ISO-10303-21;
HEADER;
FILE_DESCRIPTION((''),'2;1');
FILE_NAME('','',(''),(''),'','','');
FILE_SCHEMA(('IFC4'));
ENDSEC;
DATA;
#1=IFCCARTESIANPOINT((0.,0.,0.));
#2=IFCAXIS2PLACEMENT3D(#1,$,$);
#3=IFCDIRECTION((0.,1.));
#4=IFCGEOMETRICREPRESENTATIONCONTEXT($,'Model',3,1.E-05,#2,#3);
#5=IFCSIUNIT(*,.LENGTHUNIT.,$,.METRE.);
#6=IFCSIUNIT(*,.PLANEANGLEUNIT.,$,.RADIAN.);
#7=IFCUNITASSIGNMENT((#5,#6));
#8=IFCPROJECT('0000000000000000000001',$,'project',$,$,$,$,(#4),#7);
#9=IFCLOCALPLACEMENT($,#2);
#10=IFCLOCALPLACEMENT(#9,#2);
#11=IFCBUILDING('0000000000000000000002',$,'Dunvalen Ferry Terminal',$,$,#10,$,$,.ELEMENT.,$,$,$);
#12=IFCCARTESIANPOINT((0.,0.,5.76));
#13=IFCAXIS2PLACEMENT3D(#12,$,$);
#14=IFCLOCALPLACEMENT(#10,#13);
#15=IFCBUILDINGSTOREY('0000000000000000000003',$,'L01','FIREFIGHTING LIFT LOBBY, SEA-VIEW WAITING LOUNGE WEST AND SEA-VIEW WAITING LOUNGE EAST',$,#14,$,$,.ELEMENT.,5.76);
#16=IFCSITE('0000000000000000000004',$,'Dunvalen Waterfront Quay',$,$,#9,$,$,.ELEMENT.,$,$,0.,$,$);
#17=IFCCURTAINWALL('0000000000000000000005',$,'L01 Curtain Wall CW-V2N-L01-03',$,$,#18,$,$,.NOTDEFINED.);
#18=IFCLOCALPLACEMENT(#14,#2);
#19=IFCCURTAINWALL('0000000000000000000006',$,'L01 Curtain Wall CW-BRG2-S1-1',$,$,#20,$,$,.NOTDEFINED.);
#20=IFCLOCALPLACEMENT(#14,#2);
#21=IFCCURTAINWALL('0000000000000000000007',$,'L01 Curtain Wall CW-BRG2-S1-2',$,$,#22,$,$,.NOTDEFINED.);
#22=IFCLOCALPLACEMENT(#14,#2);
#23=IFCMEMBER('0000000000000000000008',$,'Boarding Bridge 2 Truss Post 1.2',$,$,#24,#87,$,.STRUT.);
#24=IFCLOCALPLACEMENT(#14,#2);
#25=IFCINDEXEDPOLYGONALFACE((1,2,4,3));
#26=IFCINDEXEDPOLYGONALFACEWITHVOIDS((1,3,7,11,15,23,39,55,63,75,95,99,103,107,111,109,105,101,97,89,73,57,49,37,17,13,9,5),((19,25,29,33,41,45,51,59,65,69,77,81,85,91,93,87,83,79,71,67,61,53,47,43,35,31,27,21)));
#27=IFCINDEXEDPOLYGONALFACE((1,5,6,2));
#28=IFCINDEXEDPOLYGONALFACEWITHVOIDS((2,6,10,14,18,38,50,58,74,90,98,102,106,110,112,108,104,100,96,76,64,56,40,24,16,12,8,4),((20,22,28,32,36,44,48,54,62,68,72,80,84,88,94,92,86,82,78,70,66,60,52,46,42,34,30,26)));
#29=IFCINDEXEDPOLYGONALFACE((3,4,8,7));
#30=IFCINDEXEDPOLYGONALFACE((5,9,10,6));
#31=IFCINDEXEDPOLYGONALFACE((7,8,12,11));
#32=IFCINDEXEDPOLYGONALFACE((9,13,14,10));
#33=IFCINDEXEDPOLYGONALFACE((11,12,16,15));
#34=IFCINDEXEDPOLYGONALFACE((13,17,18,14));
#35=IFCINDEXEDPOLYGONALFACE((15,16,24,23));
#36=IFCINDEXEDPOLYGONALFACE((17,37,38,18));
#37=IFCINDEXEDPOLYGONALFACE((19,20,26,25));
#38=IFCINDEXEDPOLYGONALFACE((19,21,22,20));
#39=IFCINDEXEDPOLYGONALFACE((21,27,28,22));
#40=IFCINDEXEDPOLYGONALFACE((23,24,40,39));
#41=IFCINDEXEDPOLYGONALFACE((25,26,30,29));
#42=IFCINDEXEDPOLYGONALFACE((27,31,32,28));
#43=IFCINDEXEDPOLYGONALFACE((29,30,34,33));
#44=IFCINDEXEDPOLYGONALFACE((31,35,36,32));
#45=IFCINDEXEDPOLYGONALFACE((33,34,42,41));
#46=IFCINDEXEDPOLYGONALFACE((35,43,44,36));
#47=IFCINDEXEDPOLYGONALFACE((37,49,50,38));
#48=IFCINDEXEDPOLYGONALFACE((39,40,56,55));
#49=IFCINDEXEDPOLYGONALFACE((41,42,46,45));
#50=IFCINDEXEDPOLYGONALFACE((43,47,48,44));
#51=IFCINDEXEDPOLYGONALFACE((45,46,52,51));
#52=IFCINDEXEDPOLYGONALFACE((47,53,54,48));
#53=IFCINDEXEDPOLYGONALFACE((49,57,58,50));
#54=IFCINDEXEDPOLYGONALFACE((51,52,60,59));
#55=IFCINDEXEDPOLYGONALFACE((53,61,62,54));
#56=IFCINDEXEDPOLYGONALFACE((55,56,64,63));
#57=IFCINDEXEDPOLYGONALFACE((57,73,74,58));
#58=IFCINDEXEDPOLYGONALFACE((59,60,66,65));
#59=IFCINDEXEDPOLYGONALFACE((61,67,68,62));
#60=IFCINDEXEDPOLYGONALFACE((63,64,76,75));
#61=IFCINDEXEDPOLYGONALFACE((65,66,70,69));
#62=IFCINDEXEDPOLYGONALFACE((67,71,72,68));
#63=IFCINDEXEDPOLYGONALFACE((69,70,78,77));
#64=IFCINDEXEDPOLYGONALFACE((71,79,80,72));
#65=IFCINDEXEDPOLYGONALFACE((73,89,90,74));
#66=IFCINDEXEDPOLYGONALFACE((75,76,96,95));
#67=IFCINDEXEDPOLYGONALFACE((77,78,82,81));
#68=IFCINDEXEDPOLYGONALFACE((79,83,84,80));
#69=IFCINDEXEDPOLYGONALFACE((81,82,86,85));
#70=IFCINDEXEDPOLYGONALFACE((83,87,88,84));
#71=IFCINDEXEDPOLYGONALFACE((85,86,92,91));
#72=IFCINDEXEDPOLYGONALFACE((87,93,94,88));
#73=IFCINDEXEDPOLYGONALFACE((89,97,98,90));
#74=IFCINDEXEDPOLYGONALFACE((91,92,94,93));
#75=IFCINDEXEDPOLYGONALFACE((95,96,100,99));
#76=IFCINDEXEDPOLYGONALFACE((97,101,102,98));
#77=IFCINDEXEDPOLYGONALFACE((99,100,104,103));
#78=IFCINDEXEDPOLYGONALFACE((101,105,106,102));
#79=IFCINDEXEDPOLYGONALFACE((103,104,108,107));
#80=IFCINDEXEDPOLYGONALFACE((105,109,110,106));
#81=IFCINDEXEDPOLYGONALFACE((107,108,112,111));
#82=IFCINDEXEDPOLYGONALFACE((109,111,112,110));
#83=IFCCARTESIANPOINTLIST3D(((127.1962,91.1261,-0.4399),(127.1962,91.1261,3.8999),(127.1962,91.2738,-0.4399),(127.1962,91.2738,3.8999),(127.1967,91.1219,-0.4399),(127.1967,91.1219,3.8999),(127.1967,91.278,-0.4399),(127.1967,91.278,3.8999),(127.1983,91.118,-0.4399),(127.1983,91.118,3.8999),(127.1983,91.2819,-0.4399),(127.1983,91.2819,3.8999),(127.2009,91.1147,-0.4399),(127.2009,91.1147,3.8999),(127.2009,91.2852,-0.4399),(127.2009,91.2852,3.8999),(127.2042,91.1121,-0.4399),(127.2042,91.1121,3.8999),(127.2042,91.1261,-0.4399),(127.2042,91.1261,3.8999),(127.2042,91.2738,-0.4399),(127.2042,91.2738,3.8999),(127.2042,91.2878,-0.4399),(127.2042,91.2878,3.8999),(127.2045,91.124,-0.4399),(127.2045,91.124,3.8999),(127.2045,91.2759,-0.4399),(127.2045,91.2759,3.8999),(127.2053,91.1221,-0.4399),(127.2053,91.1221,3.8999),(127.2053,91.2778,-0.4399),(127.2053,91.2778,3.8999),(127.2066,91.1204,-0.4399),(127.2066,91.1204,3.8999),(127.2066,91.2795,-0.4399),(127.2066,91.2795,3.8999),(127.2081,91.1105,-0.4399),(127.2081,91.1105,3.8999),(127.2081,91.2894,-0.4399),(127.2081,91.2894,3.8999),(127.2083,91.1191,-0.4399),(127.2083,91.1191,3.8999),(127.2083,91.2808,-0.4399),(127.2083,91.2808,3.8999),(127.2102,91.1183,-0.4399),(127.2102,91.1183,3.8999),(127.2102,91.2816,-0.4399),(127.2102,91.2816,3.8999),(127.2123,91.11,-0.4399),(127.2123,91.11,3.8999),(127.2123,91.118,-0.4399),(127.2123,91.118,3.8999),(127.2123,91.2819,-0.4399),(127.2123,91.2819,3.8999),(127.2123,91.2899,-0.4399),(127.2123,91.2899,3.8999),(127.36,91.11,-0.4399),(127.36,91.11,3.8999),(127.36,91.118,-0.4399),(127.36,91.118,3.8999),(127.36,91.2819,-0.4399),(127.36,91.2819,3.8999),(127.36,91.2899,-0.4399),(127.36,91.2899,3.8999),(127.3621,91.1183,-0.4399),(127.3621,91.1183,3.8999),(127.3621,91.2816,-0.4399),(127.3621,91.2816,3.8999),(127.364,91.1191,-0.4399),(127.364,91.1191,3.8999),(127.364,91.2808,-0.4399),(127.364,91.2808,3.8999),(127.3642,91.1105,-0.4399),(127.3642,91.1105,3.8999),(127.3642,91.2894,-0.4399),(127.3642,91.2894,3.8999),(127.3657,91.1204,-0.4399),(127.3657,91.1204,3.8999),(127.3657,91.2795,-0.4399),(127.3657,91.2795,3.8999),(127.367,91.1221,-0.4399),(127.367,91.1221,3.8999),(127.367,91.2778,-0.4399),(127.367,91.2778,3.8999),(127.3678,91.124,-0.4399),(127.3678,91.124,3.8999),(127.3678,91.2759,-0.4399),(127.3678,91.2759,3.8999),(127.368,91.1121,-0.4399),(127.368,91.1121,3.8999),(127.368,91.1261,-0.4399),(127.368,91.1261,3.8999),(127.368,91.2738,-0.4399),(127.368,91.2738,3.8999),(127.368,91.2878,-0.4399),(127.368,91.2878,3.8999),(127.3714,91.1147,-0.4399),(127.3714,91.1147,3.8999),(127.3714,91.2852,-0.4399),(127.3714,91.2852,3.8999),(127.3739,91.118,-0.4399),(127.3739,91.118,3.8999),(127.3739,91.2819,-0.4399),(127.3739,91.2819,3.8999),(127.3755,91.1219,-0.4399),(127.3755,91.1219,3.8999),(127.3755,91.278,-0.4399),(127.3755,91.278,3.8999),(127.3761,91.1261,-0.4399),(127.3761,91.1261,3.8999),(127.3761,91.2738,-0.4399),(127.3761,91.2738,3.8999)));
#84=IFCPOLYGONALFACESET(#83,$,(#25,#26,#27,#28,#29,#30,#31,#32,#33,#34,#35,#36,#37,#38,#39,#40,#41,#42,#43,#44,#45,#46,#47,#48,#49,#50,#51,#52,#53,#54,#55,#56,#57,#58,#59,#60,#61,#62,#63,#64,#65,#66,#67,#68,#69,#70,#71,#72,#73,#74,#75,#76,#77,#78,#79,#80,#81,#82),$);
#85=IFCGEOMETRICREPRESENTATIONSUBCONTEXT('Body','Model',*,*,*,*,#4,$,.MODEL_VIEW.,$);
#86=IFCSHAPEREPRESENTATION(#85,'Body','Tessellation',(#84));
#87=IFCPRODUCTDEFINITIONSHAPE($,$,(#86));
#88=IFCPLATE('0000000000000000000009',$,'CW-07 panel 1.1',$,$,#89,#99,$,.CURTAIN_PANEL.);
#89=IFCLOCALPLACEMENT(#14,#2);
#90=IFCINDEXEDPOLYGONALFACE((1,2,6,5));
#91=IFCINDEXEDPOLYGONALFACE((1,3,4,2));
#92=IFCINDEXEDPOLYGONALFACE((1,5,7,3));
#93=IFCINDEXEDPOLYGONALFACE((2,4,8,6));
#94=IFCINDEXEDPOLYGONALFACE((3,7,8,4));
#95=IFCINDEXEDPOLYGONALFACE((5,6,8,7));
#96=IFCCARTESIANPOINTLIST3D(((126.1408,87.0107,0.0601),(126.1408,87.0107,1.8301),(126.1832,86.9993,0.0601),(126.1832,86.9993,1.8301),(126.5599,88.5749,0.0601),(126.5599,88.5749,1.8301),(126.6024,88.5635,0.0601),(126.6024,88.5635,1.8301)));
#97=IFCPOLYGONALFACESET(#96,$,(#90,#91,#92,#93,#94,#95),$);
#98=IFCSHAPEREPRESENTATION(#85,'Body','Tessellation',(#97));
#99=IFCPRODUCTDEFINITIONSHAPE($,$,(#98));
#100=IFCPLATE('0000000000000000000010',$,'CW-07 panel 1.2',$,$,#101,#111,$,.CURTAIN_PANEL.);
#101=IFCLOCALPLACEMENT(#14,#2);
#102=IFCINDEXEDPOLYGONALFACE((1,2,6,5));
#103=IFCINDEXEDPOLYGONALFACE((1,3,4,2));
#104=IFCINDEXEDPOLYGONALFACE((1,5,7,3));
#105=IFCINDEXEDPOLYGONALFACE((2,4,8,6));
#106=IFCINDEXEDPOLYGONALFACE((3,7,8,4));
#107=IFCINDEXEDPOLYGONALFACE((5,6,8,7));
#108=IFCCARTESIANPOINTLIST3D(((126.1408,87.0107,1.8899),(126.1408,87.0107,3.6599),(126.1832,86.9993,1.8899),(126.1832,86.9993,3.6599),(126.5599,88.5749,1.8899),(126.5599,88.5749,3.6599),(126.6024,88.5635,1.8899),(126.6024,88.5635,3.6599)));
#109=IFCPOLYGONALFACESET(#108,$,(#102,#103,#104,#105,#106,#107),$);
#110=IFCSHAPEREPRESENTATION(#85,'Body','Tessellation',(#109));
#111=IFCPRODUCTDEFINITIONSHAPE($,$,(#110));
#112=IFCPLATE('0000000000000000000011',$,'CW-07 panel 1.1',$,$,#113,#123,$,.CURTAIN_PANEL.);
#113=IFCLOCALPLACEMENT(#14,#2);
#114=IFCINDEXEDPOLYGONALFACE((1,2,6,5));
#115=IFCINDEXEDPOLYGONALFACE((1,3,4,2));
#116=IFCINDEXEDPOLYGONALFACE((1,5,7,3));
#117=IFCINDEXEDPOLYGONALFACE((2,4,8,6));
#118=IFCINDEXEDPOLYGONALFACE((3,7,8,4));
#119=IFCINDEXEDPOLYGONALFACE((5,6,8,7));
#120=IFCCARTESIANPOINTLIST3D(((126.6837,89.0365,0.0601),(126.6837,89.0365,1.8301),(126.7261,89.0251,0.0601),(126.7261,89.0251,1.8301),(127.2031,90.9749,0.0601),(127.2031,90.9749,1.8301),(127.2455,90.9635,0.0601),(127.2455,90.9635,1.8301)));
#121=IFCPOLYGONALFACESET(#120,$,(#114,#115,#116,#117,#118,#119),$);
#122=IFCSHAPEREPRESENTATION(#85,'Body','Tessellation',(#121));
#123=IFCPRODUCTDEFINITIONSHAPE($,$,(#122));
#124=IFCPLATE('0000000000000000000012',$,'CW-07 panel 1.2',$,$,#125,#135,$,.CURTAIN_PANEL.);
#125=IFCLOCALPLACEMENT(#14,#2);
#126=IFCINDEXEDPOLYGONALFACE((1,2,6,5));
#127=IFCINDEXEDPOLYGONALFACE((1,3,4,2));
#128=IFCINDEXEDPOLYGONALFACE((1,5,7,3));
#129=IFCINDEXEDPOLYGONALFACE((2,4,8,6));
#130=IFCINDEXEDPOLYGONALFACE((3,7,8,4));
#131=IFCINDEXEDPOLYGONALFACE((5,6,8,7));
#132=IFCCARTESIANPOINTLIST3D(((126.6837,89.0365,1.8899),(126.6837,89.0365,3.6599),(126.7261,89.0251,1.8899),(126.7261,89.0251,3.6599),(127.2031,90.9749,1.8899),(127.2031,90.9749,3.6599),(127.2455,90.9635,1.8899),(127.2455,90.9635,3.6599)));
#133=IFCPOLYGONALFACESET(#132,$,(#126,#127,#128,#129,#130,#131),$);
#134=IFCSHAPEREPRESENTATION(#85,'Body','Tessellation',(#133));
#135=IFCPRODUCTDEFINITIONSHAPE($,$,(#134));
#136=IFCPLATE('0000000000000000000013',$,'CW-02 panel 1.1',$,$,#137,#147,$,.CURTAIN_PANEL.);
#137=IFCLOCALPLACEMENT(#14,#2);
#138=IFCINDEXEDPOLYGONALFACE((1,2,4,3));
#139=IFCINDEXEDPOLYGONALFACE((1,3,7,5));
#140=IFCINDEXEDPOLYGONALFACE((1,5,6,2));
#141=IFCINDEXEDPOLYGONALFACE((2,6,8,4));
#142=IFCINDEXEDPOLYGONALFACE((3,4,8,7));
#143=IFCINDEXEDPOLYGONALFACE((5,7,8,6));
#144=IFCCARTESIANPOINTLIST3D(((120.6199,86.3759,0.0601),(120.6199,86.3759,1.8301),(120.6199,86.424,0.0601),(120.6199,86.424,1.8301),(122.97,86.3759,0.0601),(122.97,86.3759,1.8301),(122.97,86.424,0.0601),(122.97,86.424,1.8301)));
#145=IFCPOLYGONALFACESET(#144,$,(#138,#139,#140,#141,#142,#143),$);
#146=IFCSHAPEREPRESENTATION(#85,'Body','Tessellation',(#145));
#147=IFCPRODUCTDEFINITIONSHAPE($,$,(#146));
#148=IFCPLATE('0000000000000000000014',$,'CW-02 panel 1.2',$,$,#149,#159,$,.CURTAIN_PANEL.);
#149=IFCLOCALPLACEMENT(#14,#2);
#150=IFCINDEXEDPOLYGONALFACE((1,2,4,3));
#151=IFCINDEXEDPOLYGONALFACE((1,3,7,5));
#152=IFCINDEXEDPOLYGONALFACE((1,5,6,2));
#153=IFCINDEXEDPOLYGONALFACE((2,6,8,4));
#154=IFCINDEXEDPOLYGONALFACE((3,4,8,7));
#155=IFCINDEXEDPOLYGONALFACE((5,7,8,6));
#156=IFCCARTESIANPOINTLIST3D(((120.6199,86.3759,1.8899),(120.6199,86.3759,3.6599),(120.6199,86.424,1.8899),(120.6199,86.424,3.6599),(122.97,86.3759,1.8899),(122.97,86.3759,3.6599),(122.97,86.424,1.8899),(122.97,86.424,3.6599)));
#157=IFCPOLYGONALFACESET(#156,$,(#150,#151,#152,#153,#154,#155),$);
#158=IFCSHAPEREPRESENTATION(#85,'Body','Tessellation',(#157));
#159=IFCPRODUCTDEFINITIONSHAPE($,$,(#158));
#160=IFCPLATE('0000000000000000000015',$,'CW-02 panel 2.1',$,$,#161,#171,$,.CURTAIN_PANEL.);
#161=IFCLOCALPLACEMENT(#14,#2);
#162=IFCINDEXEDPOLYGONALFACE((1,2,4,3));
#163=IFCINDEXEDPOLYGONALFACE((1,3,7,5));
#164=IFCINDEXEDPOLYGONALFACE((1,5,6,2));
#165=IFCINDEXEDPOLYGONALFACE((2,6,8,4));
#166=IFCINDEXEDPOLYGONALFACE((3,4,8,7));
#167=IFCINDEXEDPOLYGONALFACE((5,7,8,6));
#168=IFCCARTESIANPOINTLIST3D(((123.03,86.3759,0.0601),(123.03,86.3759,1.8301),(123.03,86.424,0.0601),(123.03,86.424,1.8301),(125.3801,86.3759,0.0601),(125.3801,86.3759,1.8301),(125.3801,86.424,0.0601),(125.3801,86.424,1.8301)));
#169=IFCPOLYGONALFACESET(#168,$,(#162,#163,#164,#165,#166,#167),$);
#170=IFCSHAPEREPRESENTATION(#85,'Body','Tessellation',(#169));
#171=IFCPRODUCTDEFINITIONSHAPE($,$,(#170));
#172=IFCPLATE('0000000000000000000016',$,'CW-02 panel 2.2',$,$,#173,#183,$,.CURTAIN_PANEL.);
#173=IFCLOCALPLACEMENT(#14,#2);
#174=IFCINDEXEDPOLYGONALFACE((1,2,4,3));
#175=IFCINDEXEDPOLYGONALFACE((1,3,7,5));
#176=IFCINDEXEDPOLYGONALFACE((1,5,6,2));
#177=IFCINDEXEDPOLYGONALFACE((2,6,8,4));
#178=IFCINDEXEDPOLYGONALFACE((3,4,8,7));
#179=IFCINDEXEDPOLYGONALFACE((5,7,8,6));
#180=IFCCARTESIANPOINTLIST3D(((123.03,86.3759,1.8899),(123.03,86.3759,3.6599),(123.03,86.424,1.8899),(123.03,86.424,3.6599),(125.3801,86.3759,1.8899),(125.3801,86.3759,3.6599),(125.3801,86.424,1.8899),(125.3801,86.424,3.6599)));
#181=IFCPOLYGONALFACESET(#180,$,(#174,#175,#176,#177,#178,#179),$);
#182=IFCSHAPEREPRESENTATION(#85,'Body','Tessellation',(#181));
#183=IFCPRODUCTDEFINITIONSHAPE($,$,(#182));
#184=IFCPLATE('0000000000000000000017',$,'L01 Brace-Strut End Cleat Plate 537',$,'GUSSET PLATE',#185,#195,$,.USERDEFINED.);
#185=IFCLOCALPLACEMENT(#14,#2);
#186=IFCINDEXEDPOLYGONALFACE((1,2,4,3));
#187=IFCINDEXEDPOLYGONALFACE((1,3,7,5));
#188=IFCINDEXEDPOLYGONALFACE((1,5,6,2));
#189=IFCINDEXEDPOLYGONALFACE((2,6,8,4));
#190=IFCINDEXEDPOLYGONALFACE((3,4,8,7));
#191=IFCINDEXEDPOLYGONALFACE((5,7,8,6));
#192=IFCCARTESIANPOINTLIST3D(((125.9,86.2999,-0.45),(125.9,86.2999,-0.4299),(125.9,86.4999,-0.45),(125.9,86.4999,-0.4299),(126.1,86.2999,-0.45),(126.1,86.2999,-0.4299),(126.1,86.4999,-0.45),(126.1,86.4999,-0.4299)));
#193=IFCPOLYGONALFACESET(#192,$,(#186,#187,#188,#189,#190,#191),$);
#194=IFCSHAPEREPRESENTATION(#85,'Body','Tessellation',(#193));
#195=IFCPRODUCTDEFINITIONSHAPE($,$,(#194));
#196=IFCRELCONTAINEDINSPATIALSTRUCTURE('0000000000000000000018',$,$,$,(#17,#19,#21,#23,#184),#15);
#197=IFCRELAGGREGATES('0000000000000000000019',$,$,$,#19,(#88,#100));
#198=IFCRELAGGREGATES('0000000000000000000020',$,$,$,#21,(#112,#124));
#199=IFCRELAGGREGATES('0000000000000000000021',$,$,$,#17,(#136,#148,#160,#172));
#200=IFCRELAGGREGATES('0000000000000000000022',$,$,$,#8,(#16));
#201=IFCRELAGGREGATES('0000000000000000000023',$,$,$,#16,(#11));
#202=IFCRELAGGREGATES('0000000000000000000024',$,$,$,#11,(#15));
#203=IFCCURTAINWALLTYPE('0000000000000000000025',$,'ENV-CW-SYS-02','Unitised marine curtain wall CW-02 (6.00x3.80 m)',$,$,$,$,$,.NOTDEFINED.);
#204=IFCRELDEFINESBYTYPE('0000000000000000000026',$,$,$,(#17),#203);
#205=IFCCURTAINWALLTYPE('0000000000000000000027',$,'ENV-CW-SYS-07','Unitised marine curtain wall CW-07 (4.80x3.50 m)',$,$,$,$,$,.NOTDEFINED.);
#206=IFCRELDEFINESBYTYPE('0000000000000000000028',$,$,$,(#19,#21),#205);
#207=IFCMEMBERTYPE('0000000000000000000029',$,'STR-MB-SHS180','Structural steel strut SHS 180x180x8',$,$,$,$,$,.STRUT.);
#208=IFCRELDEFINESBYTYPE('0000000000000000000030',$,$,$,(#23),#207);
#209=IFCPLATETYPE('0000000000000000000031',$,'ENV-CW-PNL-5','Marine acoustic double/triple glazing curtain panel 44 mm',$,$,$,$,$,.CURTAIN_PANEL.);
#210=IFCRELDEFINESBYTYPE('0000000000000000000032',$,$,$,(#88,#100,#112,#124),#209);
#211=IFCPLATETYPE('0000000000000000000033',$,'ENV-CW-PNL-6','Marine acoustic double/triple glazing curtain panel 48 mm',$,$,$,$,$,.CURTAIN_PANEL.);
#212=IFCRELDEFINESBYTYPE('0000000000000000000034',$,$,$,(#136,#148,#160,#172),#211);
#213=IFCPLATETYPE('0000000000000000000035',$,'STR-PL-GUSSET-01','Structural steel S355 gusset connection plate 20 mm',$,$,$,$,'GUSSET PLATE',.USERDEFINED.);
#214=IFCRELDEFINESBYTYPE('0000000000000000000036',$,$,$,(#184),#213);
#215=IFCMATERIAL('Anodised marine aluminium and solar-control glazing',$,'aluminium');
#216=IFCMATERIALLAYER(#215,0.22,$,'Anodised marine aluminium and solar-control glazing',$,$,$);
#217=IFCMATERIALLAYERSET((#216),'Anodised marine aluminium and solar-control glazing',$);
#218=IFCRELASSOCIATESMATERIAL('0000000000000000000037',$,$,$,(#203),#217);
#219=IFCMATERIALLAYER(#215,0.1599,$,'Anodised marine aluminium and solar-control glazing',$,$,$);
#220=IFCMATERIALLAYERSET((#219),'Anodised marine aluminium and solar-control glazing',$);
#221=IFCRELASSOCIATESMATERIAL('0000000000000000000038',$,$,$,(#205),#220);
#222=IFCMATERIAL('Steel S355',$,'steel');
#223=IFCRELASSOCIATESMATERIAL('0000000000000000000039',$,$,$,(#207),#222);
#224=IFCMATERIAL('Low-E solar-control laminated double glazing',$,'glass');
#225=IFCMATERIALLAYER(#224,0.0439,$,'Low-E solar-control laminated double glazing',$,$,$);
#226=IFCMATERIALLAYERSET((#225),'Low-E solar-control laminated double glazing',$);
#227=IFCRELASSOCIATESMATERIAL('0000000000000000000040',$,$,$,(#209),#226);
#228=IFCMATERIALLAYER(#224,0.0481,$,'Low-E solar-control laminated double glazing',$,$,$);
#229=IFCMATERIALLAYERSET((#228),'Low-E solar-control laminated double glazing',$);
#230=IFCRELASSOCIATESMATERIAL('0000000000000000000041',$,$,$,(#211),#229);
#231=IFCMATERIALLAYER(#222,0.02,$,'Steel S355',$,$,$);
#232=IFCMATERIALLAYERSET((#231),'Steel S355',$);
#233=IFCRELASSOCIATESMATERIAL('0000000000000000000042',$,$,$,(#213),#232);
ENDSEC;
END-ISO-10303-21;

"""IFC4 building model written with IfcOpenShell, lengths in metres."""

from ifc_helpers import new_model, si_unit, direction, frame, origin, origin_2d, place, context, subcontext, project, spatial, rectangle, hollow_rectangle, extrude, material, layer, layer_set, material_profile, profile_set, type_object, element, aggregate, save


model = new_model("IFC4")

# Units and contexts
model_context = context("Model", 3, precision=1e-05, world=origin(), true_north=direction((0.0, 1.0)))
body_context = subcontext(model_context, "Body", "Model", "MODEL_VIEW")
ifc_project = project(units=[si_unit("LENGTHUNIT", "METRE"), si_unit("PLANEANGLEUNIT", "RADIAN")], contexts=[model_context])

# Site, building, storey
site_placement = place(None, origin())
site = spatial("IfcSite", under=ifc_project, at=site_placement, Name="Dunvalen Waterfront Quay", CompositionType="ELEMENT", RefElevation=0.0)
building_placement = place(site_placement, origin())
building = spatial("IfcBuilding", under=site, at=building_placement, Name="Dunvalen Ferry Terminal", CompositionType="ELEMENT")
storey_placement = place(building_placement, frame((0.0, 0.0, 5.76)))
storey = spatial("IfcBuildingStorey", under=building, at=storey_placement, Name="L01", Description="FIREFIGHTING LIFT LOBBY, SEA-VIEW WAITING LOUNGE WEST AND SEA-VIEW WAITING LOUNGE EAST", CompositionType="ELEMENT", Elevation=5.76)

# Curtain walls
ifc_material_1 = material(Name="Anodised marine aluminium and solar-control glazing", Category="aluminium")
ifc_layer_1 = layer(ifc_material_1, 0.22, Name="Anodised marine aluminium and solar-control glazing")
ifc_layer_set_1 = layer_set([ifc_layer_1], Name="Anodised marine aluminium and solar-control glazing")
curtain_wall_type_1 = type_object("IfcCurtainWallType", Name="ENV-CW-SYS-02", Description="Unitised marine curtain wall CW-02 (6.00x3.80 m)", PredefinedType="NOTDEFINED", material=ifc_layer_set_1)
curtain_wall_1_placement = place(storey_placement, origin())
curtain_wall_1 = element("IfcCurtainWall", 1, at=curtain_wall_1_placement, inside=storey, type_object=curtain_wall_type_1, Name="L01 Curtain Wall CW-V2N-L01-03", PredefinedType="NOTDEFINED")
ifc_layer_2 = layer(ifc_material_1, 0.1599, Name="Anodised marine aluminium and solar-control glazing")
ifc_layer_set_2 = layer_set([ifc_layer_2], Name="Anodised marine aluminium and solar-control glazing")
curtain_wall_type_2 = type_object("IfcCurtainWallType", Name="ENV-CW-SYS-07", Description="Unitised marine curtain wall CW-07 (4.80x3.50 m)", PredefinedType="NOTDEFINED", material=ifc_layer_set_2)
curtain_wall_2_placement = place(storey_placement, origin())
curtain_wall_2 = element("IfcCurtainWall", 2, at=curtain_wall_2_placement, inside=storey, type_object=curtain_wall_type_2, Name="L01 Curtain Wall CW-BRG2-S1-1", PredefinedType="NOTDEFINED")
curtain_wall_3_placement = place(storey_placement, origin())
curtain_wall_3 = element("IfcCurtainWall", 3, at=curtain_wall_3_placement, inside=storey, type_object=curtain_wall_type_2, Name="L01 Curtain Wall CW-BRG2-S1-2", PredefinedType="NOTDEFINED")

# Shared definitions
ifc_material_2 = material(Name="Steel S355", Category="steel")

# Member
ifc_material_profile_1 = material_profile(ifc_material_2, hollow_rectangle(XDim=0.1799, YDim=0.1799, WallThickness=0.0081, InnerFilletRadius=0.0081, OuterFilletRadius=0.0161, at=origin_2d()), Name="Steel S355")
ifc_profile_set_1 = profile_set([ifc_material_profile_1], Name="Steel S355")
member_type_1 = type_object("IfcMemberType", Name="STR-MB-SHS180", Description="Structural steel strut SHS 180x180x8", PredefinedType="STRUT", material=ifc_profile_set_1)
for number, where, z_axis, x_axis, name in (
    (4, (127.2861, 91.2, -0.4399), (0.0, 0.0, 1.0), (1.0, 0.0, 0.0), "Boarding Bridge 2 Truss Post 1.2"),
):
    element("IfcMember", number, at=place(storey_placement, frame(where, z_axis=z_axis, x_axis=x_axis)), inside=storey, type_object=member_type_1, Name=name, PredefinedType="STRUT", context=body_context, shape_type="SweptSolid", body=[
        extrude(hollow_rectangle(XDim=0.1799, YDim=0.1799, WallThickness=0.0081, InnerFilletRadius=0.0081, OuterFilletRadius=0.0161, at=origin_2d()), origin(), (0.0, 0.0, 1.0), 4.3398),
    ])

# Plates
ifc_material_3 = material(Name="Low-E solar-control laminated double glazing", Category="glass")
ifc_layer_3 = layer(ifc_material_3, 0.0439, Name="Low-E solar-control laminated double glazing")
ifc_layer_set_3 = layer_set([ifc_layer_3], Name="Low-E solar-control laminated double glazing")
plate_type_1 = type_object("IfcPlateType", Name="ENV-CW-PNL-5", Description="Marine acoustic double/triple glazing curtain panel 44 mm", PredefinedType="CURTAIN_PANEL", material=ifc_layer_set_3)
plate_1_placement = place(storey_placement, frame((126.3716, 87.7871, 0.0601), z_axis=(0.0, 0.0, 1.0), x_axis=(0.258843, 0.965919, 0.0)))
plate_1 = element("IfcPlate", 5, at=plate_1_placement, type_object=plate_type_1, Name="CW-07 panel 1.1", PredefinedType="CURTAIN_PANEL", context=body_context, shape_type="SweptSolid", body=[
    extrude(rectangle(XDim=1.6194, YDim=0.0439, at=origin_2d()), origin(), (0.0, 0.0, 1.0), 1.77),
])
plate_2_placement = place(storey_placement, frame((126.3716, 87.7871, 1.8899), z_axis=(0.0, 0.0, 1.0), x_axis=(0.258843, 0.965919, 0.0)))
plate_2 = element("IfcPlate", 6, at=plate_2_placement, type_object=plate_type_1, Name="CW-07 panel 1.2", PredefinedType="CURTAIN_PANEL", context=body_context, shape_type="SweptSolid", body=[
    extrude(rectangle(XDim=1.6194, YDim=0.0439, at=origin_2d()), origin(), (0.0, 0.0, 1.0), 1.77),
])
aggregate(curtain_wall_2, [plate_1, plate_2])
plate_3_placement = place(storey_placement, frame((126.9646, 90.0, 0.0601), z_axis=(0.0, 0.0, 1.0), x_axis=(0.25883, 0.965923, 0.0)))
plate_3 = element("IfcPlate", 7, at=plate_3_placement, type_object=plate_type_1, Name="CW-07 panel 1.1", PredefinedType="CURTAIN_PANEL", context=body_context, shape_type="SweptSolid", body=[
    extrude(rectangle(XDim=2.0068, YDim=0.0439, at=origin_2d()), origin(), (0.0, 0.0, 1.0), 1.77),
])
plate_4_placement = place(storey_placement, frame((126.9646, 90.0, 1.8899), z_axis=(0.0, 0.0, 1.0), x_axis=(0.25883, 0.965923, 0.0)))
plate_4 = element("IfcPlate", 8, at=plate_4_placement, type_object=plate_type_1, Name="CW-07 panel 1.2", PredefinedType="CURTAIN_PANEL", context=body_context, shape_type="SweptSolid", body=[
    extrude(rectangle(XDim=2.0068, YDim=0.0439, at=origin_2d()), origin(), (0.0, 0.0, 1.0), 1.77),
])
aggregate(curtain_wall_3, [plate_3, plate_4])
ifc_layer_4 = layer(ifc_material_3, 0.0481, Name="Low-E solar-control laminated double glazing")
ifc_layer_set_4 = layer_set([ifc_layer_4], Name="Low-E solar-control laminated double glazing")
plate_type_2 = type_object("IfcPlateType", Name="ENV-CW-PNL-6", Description="Marine acoustic double/triple glazing curtain panel 48 mm", PredefinedType="CURTAIN_PANEL", material=ifc_layer_set_4)
plate_5_placement = place(storey_placement, frame((121.7949, 86.3999, 0.0601), z_axis=(0.0, 0.0, 1.0), x_axis=(1.0, 0.0, 0.0)))
plate_5 = element("IfcPlate", 9, at=plate_5_placement, type_object=plate_type_2, Name="CW-02 panel 1.1", PredefinedType="CURTAIN_PANEL", context=body_context, shape_type="SweptSolid", body=[
    extrude(rectangle(XDim=2.3501, YDim=0.0481, at=origin_2d()), origin(), (0.0, 0.0, 1.0), 1.77),
])
plate_6_placement = place(storey_placement, frame((121.7949, 86.3999, 1.8899), z_axis=(0.0, 0.0, 1.0), x_axis=(1.0, 0.0, 0.0)))
plate_6 = element("IfcPlate", 10, at=plate_6_placement, type_object=plate_type_2, Name="CW-02 panel 1.2", PredefinedType="CURTAIN_PANEL", context=body_context, shape_type="SweptSolid", body=[
    extrude(rectangle(XDim=2.3501, YDim=0.0481, at=origin_2d()), origin(), (0.0, 0.0, 1.0), 1.77),
])
plate_7_placement = place(storey_placement, frame((124.2051, 86.3999, 0.0601), z_axis=(0.0, 0.0, 1.0), x_axis=(1.0, 0.0, 0.0)))
plate_7 = element("IfcPlate", 11, at=plate_7_placement, type_object=plate_type_2, Name="CW-02 panel 2.1", PredefinedType="CURTAIN_PANEL", context=body_context, shape_type="SweptSolid", body=[
    extrude(rectangle(XDim=2.3501, YDim=0.0481, at=origin_2d()), origin(), (0.0, 0.0, 1.0), 1.77),
])
plate_8_placement = place(storey_placement, frame((124.2051, 86.3999, 1.8899), z_axis=(0.0, 0.0, 1.0), x_axis=(1.0, 0.0, 0.0)))
plate_8 = element("IfcPlate", 12, at=plate_8_placement, type_object=plate_type_2, Name="CW-02 panel 2.2", PredefinedType="CURTAIN_PANEL", context=body_context, shape_type="SweptSolid", body=[
    extrude(rectangle(XDim=2.3501, YDim=0.0481, at=origin_2d()), origin(), (0.0, 0.0, 1.0), 1.77),
])
aggregate(curtain_wall_1, [plate_5, plate_6, plate_7, plate_8])

# Plate
ifc_layer_5 = layer(ifc_material_2, 0.02, Name="Steel S355")
ifc_layer_set_5 = layer_set([ifc_layer_5], Name="Steel S355")
plate_type_3 = type_object("IfcPlateType", Name="STR-PL-GUSSET-01", Description="Structural steel S355 gusset connection plate 20 mm", ElementType="GUSSET PLATE", PredefinedType="USERDEFINED", material=ifc_layer_set_5)
for number, where, z_axis, x_axis, name in (
    (13, (126.0, 86.3999, -0.45), (0.0, 0.0, 1.0), (1.0, 0.0, 0.0), "L01 Brace-Strut End Cleat Plate 537"),
):
    element("IfcPlate", number, at=place(storey_placement, frame(where, z_axis=z_axis, x_axis=x_axis)), inside=storey, type_object=plate_type_3, Name=name, ObjectType="GUSSET PLATE", PredefinedType="USERDEFINED", context=body_context, shape_type="SweptSolid", body=[
        extrude(rectangle(XDim=0.2, YDim=0.2, at=origin_2d()), origin(), (0.0, 0.0, 1.0), 0.02),
    ])

save(model, "model.ifc")
